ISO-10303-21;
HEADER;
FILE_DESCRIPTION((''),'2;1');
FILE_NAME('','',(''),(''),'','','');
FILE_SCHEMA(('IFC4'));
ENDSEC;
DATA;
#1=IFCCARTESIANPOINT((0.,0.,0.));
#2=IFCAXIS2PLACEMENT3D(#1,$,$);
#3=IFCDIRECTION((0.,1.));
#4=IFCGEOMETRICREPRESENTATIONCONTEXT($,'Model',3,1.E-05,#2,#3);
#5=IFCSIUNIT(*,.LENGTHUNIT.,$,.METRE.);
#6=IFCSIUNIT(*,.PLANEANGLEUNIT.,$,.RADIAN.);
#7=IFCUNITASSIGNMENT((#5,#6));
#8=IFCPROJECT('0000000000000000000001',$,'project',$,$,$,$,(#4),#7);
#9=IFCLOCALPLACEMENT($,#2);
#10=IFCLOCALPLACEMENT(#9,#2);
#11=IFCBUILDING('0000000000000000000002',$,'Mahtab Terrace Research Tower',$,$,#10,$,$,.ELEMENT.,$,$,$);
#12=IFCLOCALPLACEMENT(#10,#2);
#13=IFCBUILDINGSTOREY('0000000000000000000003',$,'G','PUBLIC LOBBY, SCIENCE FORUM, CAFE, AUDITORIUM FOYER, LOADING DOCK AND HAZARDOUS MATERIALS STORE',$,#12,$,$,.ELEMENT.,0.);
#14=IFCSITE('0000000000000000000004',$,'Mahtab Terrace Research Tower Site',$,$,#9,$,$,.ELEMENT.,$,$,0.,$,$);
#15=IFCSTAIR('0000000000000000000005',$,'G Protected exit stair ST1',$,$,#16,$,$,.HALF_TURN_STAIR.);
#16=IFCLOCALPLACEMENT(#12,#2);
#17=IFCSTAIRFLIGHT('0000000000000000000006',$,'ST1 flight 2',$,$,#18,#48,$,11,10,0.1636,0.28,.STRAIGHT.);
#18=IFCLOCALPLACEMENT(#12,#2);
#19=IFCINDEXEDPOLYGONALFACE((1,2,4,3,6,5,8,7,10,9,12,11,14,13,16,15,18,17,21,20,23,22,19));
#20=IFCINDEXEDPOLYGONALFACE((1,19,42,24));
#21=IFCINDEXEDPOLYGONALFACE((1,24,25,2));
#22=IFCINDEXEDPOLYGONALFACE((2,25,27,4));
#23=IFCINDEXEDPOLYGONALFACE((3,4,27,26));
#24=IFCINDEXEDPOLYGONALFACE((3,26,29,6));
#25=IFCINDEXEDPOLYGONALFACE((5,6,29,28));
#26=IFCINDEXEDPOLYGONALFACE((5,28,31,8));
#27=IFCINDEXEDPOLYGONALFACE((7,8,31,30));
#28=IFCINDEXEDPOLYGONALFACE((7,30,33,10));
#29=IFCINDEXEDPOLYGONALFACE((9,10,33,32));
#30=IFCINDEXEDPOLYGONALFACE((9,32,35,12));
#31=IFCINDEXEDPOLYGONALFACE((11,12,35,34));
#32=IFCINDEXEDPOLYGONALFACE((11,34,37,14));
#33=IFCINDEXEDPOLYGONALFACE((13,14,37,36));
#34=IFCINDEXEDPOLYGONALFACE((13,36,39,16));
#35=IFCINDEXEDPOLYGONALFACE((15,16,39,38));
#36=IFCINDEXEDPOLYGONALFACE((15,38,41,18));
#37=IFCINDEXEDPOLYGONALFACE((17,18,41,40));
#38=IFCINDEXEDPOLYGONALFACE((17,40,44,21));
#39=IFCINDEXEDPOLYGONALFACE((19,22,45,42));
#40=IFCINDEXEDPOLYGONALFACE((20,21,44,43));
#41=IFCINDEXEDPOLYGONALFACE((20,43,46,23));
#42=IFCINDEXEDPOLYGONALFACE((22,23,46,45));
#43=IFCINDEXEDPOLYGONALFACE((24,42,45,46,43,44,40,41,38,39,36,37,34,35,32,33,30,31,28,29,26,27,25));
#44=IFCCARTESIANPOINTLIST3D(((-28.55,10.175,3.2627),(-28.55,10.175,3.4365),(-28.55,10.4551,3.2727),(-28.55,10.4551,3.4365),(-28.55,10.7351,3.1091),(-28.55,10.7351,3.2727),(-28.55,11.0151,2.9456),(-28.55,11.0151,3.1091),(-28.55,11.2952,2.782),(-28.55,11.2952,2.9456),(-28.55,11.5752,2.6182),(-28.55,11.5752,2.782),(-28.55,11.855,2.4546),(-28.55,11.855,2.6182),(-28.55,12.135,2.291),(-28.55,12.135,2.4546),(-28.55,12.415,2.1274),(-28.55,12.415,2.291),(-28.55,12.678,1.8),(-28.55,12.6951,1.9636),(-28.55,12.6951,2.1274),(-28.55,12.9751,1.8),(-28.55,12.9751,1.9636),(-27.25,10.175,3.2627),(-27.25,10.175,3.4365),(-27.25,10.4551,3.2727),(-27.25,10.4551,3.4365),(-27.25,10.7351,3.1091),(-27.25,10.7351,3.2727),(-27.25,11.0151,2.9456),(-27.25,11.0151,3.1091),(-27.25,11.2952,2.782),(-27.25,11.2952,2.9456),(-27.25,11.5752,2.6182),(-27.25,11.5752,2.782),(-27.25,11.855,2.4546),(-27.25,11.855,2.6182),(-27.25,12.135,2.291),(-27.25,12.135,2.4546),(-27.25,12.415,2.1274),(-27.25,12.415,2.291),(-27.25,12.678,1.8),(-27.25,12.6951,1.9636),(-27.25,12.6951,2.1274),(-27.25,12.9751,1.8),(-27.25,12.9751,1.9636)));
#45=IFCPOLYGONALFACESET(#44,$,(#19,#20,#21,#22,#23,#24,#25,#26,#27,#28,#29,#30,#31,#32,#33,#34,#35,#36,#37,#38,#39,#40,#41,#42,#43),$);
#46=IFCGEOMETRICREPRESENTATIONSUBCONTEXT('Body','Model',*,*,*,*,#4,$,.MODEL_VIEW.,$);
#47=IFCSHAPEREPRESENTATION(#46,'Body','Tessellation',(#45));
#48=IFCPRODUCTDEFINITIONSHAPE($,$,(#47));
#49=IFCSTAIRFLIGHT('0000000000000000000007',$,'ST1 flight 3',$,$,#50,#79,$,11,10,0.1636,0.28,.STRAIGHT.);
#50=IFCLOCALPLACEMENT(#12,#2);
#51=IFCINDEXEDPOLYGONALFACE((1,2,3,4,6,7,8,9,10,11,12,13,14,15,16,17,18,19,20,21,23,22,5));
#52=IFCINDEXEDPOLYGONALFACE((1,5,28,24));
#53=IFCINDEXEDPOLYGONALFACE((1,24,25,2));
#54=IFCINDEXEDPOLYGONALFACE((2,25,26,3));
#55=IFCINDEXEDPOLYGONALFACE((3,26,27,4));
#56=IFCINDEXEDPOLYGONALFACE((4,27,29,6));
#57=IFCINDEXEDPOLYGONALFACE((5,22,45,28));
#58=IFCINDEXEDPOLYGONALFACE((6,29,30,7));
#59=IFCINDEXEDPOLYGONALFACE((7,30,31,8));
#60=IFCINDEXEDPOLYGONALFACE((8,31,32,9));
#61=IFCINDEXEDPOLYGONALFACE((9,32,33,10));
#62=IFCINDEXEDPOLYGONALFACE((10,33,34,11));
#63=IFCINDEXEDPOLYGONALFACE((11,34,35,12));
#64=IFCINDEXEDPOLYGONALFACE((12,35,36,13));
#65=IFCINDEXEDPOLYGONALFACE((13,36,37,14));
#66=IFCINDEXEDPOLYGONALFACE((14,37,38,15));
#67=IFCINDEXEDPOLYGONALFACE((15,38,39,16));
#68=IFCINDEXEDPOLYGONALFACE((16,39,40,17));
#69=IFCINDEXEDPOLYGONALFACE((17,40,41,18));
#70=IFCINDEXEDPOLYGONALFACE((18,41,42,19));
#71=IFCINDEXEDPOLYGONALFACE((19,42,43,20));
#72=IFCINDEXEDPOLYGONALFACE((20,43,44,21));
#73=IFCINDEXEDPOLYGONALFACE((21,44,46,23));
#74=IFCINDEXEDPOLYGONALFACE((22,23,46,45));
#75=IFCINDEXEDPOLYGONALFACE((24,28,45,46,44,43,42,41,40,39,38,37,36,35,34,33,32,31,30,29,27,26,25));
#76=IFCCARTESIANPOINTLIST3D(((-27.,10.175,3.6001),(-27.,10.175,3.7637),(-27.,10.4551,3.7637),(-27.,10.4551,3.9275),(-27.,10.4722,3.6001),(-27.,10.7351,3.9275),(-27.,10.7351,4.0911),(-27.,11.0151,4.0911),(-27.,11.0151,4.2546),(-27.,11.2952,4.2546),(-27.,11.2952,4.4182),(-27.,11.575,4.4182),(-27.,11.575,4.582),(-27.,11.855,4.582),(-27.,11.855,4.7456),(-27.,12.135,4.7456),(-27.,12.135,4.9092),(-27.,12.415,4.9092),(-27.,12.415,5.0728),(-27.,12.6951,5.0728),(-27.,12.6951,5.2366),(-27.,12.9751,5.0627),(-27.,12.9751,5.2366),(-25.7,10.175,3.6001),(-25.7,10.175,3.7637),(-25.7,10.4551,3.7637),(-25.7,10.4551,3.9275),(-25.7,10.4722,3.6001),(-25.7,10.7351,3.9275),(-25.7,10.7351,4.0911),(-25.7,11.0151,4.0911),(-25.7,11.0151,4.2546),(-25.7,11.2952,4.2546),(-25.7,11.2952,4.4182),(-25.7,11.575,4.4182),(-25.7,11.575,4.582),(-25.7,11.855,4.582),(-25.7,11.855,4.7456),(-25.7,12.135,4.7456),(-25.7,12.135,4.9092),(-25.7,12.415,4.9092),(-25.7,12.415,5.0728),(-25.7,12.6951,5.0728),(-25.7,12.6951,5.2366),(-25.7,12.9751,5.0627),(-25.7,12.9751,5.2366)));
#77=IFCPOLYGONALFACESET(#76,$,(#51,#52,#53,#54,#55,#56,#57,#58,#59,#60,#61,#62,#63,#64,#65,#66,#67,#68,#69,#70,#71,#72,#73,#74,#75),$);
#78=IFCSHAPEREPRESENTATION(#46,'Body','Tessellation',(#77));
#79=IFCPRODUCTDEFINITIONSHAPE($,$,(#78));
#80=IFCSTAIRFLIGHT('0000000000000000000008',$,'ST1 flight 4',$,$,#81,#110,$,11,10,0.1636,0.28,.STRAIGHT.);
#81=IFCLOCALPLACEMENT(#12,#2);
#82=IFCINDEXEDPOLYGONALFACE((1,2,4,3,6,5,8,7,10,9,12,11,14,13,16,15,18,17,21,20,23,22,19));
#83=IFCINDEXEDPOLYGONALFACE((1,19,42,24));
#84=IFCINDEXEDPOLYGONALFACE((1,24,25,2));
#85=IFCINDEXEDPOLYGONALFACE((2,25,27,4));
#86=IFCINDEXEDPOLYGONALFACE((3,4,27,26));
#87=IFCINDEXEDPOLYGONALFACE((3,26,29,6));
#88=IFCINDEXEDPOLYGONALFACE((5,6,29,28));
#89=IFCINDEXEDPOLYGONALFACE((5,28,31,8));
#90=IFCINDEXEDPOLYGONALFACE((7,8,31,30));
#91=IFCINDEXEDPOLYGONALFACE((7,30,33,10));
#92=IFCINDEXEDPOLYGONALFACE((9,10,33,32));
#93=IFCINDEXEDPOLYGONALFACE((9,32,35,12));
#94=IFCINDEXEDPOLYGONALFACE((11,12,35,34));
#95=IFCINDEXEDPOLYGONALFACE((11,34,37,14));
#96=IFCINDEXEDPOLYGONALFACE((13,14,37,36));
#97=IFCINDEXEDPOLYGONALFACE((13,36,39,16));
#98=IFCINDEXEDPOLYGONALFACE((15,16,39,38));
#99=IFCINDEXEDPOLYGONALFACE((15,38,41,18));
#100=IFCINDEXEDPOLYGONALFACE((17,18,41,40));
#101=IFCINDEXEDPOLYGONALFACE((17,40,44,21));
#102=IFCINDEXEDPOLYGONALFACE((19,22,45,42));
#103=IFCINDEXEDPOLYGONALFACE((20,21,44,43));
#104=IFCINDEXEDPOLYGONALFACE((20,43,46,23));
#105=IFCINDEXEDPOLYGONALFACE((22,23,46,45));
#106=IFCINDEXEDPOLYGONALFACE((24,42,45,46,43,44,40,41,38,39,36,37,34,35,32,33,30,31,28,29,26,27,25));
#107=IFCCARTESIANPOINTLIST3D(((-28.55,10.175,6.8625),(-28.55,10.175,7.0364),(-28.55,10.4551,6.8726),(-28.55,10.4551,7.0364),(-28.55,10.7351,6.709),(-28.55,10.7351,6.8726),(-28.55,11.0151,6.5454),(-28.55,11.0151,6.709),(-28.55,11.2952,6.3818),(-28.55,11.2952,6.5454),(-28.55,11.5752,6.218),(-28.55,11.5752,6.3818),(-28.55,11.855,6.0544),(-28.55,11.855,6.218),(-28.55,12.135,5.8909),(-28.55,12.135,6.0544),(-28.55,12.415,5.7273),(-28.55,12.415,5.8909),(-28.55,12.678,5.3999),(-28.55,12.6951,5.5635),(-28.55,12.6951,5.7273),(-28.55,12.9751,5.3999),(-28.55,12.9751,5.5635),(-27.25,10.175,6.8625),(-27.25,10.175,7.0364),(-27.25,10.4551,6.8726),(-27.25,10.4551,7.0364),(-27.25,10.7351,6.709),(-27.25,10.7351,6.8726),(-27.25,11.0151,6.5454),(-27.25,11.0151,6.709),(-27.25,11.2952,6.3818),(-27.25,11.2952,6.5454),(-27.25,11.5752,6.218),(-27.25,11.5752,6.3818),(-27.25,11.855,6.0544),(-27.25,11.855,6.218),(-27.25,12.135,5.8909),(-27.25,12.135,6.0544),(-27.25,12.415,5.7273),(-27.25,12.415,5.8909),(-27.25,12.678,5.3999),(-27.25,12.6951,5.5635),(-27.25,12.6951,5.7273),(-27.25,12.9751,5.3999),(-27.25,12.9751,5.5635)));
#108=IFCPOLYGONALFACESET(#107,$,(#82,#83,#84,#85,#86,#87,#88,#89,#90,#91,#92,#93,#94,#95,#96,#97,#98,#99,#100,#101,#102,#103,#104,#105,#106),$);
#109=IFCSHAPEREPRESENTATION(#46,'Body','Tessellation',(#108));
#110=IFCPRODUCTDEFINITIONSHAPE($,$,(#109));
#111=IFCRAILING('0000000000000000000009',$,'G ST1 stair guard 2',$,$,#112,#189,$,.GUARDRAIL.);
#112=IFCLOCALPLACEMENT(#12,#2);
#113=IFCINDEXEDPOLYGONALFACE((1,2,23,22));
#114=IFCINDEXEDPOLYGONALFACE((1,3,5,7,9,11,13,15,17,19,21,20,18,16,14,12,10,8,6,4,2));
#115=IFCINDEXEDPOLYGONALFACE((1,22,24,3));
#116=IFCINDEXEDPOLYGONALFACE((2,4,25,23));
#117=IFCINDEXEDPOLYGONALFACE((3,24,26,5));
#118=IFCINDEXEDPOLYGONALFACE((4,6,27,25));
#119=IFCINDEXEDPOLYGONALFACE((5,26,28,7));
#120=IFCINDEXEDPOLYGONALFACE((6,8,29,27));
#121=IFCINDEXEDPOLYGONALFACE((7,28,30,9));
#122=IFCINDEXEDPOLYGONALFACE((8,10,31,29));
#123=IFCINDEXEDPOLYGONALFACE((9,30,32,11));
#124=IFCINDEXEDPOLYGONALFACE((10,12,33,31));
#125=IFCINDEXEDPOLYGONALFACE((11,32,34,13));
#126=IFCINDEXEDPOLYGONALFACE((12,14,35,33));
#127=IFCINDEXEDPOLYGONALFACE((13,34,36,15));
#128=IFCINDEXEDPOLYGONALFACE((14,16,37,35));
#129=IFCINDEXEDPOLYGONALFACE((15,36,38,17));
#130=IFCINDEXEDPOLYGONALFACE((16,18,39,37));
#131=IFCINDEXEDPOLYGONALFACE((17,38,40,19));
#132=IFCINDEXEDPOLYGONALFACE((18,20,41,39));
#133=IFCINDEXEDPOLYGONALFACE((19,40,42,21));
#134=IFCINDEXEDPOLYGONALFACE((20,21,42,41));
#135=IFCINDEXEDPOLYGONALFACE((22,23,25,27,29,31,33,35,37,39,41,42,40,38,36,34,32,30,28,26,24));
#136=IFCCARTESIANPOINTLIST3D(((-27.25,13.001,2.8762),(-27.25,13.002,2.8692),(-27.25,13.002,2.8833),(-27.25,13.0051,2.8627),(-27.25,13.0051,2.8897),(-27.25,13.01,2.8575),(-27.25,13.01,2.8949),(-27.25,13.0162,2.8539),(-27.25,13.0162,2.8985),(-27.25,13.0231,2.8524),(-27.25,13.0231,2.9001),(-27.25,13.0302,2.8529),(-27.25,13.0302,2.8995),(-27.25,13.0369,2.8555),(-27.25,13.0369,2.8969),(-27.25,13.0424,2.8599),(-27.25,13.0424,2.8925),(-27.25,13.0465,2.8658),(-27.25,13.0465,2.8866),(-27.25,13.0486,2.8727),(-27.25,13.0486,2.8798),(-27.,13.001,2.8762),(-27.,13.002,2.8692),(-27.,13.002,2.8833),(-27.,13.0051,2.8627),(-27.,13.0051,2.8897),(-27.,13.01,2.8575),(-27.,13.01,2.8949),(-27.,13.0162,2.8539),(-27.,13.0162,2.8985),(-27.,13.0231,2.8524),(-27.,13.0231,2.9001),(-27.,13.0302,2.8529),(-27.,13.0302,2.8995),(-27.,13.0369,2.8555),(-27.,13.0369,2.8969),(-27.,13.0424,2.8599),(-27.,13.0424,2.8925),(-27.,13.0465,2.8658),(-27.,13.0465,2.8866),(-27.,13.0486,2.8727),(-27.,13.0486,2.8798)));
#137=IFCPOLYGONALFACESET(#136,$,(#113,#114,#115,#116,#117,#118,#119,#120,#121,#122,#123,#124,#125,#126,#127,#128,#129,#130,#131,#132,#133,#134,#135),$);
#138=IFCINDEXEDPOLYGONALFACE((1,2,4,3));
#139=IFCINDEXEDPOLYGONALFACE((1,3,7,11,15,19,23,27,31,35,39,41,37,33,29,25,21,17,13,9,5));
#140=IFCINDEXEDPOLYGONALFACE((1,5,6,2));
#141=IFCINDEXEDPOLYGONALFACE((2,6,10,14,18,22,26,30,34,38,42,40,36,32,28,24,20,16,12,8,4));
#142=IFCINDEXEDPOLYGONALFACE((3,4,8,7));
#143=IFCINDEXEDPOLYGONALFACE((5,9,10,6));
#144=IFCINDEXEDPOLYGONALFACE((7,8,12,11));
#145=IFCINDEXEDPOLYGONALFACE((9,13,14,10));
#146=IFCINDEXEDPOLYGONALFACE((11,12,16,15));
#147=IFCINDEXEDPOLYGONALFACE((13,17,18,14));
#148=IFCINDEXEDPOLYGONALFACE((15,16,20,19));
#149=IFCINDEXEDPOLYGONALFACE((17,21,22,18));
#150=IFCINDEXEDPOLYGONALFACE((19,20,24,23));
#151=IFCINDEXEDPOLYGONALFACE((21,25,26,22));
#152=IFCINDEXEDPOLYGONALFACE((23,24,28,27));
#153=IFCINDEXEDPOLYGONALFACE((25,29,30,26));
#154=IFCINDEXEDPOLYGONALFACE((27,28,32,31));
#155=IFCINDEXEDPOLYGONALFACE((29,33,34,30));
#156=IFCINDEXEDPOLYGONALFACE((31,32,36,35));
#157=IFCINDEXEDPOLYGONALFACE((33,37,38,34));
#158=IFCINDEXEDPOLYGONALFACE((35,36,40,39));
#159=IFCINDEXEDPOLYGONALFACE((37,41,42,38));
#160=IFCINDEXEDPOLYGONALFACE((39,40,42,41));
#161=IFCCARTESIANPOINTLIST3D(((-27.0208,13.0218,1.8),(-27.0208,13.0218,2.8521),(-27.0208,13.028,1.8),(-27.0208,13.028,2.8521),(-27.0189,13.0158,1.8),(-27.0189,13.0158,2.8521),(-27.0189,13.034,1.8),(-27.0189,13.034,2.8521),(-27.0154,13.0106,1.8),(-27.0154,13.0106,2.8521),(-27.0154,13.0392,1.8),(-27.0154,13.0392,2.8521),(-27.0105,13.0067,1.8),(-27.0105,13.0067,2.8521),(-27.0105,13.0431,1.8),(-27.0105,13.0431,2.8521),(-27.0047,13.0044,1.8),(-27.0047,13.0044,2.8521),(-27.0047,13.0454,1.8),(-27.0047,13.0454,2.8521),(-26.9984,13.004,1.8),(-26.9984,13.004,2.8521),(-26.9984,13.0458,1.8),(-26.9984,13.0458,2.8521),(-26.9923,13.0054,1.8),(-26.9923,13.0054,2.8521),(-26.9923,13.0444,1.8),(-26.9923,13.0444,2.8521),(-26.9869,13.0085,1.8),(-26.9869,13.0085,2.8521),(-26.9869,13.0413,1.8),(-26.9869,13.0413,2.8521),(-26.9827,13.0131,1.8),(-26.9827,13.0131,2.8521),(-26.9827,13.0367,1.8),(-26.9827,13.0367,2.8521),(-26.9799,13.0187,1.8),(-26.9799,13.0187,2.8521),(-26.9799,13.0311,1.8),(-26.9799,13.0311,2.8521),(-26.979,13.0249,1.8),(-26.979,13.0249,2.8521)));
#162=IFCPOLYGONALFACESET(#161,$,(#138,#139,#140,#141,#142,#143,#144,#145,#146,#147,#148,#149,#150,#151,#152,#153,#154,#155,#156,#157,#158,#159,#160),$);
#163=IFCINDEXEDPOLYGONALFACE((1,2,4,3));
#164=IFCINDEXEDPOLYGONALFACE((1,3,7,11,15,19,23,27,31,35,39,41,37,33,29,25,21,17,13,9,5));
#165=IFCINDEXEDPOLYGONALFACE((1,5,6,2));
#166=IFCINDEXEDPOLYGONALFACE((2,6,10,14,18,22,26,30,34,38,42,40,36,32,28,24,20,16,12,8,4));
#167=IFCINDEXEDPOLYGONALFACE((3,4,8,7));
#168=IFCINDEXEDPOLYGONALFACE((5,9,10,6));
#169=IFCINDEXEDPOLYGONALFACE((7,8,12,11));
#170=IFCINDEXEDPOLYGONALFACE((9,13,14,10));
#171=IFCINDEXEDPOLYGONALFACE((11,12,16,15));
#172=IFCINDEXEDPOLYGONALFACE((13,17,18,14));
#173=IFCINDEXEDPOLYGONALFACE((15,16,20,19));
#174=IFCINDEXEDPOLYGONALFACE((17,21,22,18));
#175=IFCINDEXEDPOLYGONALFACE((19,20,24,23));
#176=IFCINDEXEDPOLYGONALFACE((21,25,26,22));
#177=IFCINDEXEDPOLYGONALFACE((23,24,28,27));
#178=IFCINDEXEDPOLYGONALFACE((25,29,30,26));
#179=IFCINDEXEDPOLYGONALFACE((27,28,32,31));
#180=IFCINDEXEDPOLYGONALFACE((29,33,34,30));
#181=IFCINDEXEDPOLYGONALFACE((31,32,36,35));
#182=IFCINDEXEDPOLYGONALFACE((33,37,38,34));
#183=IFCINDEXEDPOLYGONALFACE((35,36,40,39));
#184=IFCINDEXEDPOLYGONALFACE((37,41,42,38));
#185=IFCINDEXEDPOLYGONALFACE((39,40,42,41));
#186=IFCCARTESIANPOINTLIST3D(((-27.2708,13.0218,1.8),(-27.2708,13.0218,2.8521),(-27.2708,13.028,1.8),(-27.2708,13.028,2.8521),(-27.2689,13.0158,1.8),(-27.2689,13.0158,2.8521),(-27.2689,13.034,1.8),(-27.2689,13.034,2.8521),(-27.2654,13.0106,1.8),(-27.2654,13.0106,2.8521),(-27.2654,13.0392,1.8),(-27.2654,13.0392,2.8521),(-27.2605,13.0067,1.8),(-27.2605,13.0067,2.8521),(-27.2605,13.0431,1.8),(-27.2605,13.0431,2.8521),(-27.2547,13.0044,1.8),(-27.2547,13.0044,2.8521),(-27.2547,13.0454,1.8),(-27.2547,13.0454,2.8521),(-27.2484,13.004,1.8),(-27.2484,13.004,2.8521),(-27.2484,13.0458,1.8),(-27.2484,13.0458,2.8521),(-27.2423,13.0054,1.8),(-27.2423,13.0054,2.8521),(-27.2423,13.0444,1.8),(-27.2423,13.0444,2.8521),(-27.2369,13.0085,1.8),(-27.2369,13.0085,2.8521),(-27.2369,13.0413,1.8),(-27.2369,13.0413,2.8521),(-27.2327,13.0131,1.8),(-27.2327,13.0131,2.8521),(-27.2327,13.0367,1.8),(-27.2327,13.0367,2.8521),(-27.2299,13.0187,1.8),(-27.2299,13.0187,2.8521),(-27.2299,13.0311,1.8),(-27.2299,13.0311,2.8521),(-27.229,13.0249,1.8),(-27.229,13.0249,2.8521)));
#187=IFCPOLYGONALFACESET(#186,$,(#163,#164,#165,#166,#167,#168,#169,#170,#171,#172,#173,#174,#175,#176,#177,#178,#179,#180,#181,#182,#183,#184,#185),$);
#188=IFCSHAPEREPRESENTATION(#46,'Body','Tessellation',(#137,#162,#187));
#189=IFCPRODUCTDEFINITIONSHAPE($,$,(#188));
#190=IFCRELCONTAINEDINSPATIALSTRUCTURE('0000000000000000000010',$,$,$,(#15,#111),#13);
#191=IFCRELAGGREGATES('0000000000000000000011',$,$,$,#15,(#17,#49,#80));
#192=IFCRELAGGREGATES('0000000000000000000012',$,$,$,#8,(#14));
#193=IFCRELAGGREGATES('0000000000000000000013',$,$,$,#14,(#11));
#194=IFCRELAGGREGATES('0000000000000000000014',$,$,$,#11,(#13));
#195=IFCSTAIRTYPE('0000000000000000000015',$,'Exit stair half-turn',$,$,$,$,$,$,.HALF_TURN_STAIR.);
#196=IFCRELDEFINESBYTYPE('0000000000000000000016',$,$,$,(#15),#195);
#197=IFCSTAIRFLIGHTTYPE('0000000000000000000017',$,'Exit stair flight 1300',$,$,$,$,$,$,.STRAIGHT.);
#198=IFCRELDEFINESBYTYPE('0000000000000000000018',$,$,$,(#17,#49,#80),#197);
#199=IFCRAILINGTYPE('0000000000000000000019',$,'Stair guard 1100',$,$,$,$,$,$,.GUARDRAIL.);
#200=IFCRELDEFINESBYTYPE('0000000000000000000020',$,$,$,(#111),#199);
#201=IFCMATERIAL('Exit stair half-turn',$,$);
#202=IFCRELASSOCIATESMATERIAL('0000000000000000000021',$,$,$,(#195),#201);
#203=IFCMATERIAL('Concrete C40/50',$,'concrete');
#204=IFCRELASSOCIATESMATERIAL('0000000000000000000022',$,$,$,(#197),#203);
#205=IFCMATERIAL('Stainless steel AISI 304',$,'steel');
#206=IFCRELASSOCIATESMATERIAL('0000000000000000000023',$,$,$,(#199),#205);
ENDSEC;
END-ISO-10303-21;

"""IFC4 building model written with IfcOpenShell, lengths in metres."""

from ifc_helpers import new_model, si_unit, direction, frame, origin, origin_2d, place, context, subcontext, project, spatial, polyline, circle, outline, extrude, material, type_object, element, aggregate, save


model = new_model("IFC4")

# Units and contexts
model_context = context("Model", 3, precision=1e-05, world=origin(), true_north=direction((0.0, 1.0)))
body_context = subcontext(model_context, "Body", "Model", "MODEL_VIEW")
ifc_project = project(units=[si_unit("LENGTHUNIT", "METRE"), si_unit("PLANEANGLEUNIT", "RADIAN")], contexts=[model_context])

# Site, building, storey
site_placement = place(None, origin())
site = spatial("IfcSite", under=ifc_project, at=site_placement, Name="Mahtab Terrace Research Tower Site", CompositionType="ELEMENT", RefElevation=0.0)
building_placement = place(site_placement, origin())
building = spatial("IfcBuilding", under=site, at=building_placement, Name="Mahtab Terrace Research Tower", CompositionType="ELEMENT")
storey_placement = place(building_placement, origin())
storey = spatial("IfcBuildingStorey", under=building, at=storey_placement, Name="G", Description="PUBLIC LOBBY, SCIENCE FORUM, CAFE, AUDITORIUM FOYER, LOADING DOCK AND HAZARDOUS MATERIALS STORE", CompositionType="ELEMENT", Elevation=0.0)

# Stair, stair flights
ifc_material_1 = material(Name="Exit stair half-turn")
stair_type = type_object("IfcStairType", Name="Exit stair half-turn", PredefinedType="HALF_TURN_STAIR", material=ifc_material_1)
stair_placement = place(storey_placement, origin())
stair = element("IfcStair", 1, at=stair_placement, inside=storey, type_object=stair_type, Name="G Protected exit stair ST1", PredefinedType="HALF_TURN_STAIR")
ifc_material_2 = material(Name="Concrete C40/50", Category="concrete")
stair_flight_type = type_object("IfcStairFlightType", Name="Exit stair flight 1300", PredefinedType="STRAIGHT", material=ifc_material_2)
stair_flight_1_placement = place(storey_placement, frame((-27.8999, 12.9751, 1.8), z_axis=(0.0, 0.0, 1.0), x_axis=(0.0, -1.0, 0.0)))
stair_flight_1 = element("IfcStairFlight", 2, at=stair_flight_1_placement, type_object=stair_flight_type, Name="ST1 flight 2", NumberOfRisers=11, NumberOfTreads=10, PredefinedType="STRAIGHT", RiserHeight=0.1636, TreadLength=0.28, context=body_context, shape_type="SweptSolid", body=[
    extrude(outline(polyline([(0.0, 0.0), (0.0, 0.1636), (0.28, 0.1636), (0.28, 0.3274), (0.5601, 0.3274), (0.5601, 0.491), (0.8401, 0.491), (0.8401, 0.6545), (1.1201, 0.6545), (1.1201, 0.8181), (1.3999, 0.8181), (1.3999, 0.9819), (1.6799, 0.9819), (1.6799, 1.1455), (1.96, 1.1455), (1.96, 1.3091), (2.24, 1.3091), (2.24, 1.4727), (2.52, 1.4727), (2.52, 1.6365), (2.8, 1.6365), (2.8, 1.8), (2.8, 1.4626), (0.2971, 0.0), (0.0, 0.0)])), frame((0.0, 0.6499, 0.0), z_axis=(0.0, -1.0, 0.0), x_axis=(1.0, 0.0, 0.0)), (0.0, 0.0, 1.0), 1.3),
])
stair_flight_2_placement = place(storey_placement, frame((-26.3501, 10.175, 3.6001), z_axis=(0.0, 0.0, 1.0), x_axis=(0.0, 1.0, 0.0)))
stair_flight_2 = element("IfcStairFlight", 3, at=stair_flight_2_placement, type_object=stair_flight_type, Name="ST1 flight 3", NumberOfRisers=11, NumberOfTreads=10, PredefinedType="STRAIGHT", RiserHeight=0.1636, TreadLength=0.28, context=body_context, shape_type="SweptSolid", body=[
    extrude(outline(polyline([(0.0, 0.0), (0.0, 0.1636), (0.28, 0.1636), (0.28, 0.3274), (0.5601, 0.3274), (0.5601, 0.491), (0.8401, 0.491), (0.8401, 0.6545), (1.1201, 0.6545), (1.1201, 0.8181), (1.3999, 0.8181), (1.3999, 0.9819), (1.6799, 0.9819), (1.6799, 1.1455), (1.96, 1.1455), (1.96, 1.3091), (2.24, 1.3091), (2.24, 1.4727), (2.52, 1.4727), (2.52, 1.6365), (2.8, 1.6365), (2.8, 1.8), (2.8, 1.4626), (0.2971, 0.0), (0.0, 0.0)])), frame((0.0, 0.6499, 0.0), z_axis=(0.0, -1.0, 0.0), x_axis=(1.0, 0.0, 0.0)), (0.0, 0.0, 1.0), 1.3),
])
stair_flight_3_placement = place(storey_placement, frame((-27.8999, 12.9751, 5.3999), z_axis=(0.0, 0.0, 1.0), x_axis=(0.0, -1.0, 0.0)))
stair_flight_3 = element("IfcStairFlight", 4, at=stair_flight_3_placement, type_object=stair_flight_type, Name="ST1 flight 4", NumberOfRisers=11, NumberOfTreads=10, PredefinedType="STRAIGHT", RiserHeight=0.1636, TreadLength=0.28, context=body_context, shape_type="SweptSolid", body=[
    extrude(outline(polyline([(0.0, 0.0), (0.0, 0.1636), (0.28, 0.1636), (0.28, 0.3274), (0.5601, 0.3274), (0.5601, 0.491), (0.8401, 0.491), (0.8401, 0.6545), (1.1201, 0.6545), (1.1201, 0.8181), (1.3999, 0.8181), (1.3999, 0.9819), (1.6799, 0.9819), (1.6799, 1.1455), (1.96, 1.1455), (1.96, 1.3091), (2.24, 1.3091), (2.24, 1.4727), (2.52, 1.4727), (2.52, 1.6365), (2.8, 1.6365), (2.8, 1.8), (2.8, 1.4626), (0.2971, 0.0), (0.0, 0.0)])), frame((0.0, 0.6499, 0.0), z_axis=(0.0, -1.0, 0.0), x_axis=(1.0, 0.0, 0.0)), (0.0, 0.0, 1.0), 1.3),
])
aggregate(stair, [stair_flight_1, stair_flight_2, stair_flight_3])

# Railing
ifc_material_3 = material(Name="Stainless steel AISI 304", Category="steel")
railing_type_1 = type_object("IfcRailingType", Name="Stair guard 1100", PredefinedType="GUARDRAIL", material=ifc_material_3)
railing_1_placement = place(storey_placement, frame((-27.0, 13.0249, 1.8)))
element("IfcRailing", 5, at=railing_1_placement, inside=storey, type_object=railing_type_1, Name="G ST1 stair guard 2", PredefinedType="GUARDRAIL", context=body_context, shape_type="SweptSolid", body=[
    extrude(circle(Radius=0.0239, at=origin_2d()), frame((0.0, 0.0, 1.0762), z_axis=(-1.0, 0.0, 0.0), x_axis=(0.0, -1.0, 0.0)), (0.0, 0.0, 1.0), 0.25),
    extrude(circle(Radius=0.021, at=origin_2d()), origin(), (0.0, 0.0, 1.0), 1.052),
    extrude(circle(Radius=0.021, at=origin_2d()), frame((-0.25, 0.0, 0.0)), (0.0, 0.0, 1.0), 1.052),
])

save(model, "model.ifc")
